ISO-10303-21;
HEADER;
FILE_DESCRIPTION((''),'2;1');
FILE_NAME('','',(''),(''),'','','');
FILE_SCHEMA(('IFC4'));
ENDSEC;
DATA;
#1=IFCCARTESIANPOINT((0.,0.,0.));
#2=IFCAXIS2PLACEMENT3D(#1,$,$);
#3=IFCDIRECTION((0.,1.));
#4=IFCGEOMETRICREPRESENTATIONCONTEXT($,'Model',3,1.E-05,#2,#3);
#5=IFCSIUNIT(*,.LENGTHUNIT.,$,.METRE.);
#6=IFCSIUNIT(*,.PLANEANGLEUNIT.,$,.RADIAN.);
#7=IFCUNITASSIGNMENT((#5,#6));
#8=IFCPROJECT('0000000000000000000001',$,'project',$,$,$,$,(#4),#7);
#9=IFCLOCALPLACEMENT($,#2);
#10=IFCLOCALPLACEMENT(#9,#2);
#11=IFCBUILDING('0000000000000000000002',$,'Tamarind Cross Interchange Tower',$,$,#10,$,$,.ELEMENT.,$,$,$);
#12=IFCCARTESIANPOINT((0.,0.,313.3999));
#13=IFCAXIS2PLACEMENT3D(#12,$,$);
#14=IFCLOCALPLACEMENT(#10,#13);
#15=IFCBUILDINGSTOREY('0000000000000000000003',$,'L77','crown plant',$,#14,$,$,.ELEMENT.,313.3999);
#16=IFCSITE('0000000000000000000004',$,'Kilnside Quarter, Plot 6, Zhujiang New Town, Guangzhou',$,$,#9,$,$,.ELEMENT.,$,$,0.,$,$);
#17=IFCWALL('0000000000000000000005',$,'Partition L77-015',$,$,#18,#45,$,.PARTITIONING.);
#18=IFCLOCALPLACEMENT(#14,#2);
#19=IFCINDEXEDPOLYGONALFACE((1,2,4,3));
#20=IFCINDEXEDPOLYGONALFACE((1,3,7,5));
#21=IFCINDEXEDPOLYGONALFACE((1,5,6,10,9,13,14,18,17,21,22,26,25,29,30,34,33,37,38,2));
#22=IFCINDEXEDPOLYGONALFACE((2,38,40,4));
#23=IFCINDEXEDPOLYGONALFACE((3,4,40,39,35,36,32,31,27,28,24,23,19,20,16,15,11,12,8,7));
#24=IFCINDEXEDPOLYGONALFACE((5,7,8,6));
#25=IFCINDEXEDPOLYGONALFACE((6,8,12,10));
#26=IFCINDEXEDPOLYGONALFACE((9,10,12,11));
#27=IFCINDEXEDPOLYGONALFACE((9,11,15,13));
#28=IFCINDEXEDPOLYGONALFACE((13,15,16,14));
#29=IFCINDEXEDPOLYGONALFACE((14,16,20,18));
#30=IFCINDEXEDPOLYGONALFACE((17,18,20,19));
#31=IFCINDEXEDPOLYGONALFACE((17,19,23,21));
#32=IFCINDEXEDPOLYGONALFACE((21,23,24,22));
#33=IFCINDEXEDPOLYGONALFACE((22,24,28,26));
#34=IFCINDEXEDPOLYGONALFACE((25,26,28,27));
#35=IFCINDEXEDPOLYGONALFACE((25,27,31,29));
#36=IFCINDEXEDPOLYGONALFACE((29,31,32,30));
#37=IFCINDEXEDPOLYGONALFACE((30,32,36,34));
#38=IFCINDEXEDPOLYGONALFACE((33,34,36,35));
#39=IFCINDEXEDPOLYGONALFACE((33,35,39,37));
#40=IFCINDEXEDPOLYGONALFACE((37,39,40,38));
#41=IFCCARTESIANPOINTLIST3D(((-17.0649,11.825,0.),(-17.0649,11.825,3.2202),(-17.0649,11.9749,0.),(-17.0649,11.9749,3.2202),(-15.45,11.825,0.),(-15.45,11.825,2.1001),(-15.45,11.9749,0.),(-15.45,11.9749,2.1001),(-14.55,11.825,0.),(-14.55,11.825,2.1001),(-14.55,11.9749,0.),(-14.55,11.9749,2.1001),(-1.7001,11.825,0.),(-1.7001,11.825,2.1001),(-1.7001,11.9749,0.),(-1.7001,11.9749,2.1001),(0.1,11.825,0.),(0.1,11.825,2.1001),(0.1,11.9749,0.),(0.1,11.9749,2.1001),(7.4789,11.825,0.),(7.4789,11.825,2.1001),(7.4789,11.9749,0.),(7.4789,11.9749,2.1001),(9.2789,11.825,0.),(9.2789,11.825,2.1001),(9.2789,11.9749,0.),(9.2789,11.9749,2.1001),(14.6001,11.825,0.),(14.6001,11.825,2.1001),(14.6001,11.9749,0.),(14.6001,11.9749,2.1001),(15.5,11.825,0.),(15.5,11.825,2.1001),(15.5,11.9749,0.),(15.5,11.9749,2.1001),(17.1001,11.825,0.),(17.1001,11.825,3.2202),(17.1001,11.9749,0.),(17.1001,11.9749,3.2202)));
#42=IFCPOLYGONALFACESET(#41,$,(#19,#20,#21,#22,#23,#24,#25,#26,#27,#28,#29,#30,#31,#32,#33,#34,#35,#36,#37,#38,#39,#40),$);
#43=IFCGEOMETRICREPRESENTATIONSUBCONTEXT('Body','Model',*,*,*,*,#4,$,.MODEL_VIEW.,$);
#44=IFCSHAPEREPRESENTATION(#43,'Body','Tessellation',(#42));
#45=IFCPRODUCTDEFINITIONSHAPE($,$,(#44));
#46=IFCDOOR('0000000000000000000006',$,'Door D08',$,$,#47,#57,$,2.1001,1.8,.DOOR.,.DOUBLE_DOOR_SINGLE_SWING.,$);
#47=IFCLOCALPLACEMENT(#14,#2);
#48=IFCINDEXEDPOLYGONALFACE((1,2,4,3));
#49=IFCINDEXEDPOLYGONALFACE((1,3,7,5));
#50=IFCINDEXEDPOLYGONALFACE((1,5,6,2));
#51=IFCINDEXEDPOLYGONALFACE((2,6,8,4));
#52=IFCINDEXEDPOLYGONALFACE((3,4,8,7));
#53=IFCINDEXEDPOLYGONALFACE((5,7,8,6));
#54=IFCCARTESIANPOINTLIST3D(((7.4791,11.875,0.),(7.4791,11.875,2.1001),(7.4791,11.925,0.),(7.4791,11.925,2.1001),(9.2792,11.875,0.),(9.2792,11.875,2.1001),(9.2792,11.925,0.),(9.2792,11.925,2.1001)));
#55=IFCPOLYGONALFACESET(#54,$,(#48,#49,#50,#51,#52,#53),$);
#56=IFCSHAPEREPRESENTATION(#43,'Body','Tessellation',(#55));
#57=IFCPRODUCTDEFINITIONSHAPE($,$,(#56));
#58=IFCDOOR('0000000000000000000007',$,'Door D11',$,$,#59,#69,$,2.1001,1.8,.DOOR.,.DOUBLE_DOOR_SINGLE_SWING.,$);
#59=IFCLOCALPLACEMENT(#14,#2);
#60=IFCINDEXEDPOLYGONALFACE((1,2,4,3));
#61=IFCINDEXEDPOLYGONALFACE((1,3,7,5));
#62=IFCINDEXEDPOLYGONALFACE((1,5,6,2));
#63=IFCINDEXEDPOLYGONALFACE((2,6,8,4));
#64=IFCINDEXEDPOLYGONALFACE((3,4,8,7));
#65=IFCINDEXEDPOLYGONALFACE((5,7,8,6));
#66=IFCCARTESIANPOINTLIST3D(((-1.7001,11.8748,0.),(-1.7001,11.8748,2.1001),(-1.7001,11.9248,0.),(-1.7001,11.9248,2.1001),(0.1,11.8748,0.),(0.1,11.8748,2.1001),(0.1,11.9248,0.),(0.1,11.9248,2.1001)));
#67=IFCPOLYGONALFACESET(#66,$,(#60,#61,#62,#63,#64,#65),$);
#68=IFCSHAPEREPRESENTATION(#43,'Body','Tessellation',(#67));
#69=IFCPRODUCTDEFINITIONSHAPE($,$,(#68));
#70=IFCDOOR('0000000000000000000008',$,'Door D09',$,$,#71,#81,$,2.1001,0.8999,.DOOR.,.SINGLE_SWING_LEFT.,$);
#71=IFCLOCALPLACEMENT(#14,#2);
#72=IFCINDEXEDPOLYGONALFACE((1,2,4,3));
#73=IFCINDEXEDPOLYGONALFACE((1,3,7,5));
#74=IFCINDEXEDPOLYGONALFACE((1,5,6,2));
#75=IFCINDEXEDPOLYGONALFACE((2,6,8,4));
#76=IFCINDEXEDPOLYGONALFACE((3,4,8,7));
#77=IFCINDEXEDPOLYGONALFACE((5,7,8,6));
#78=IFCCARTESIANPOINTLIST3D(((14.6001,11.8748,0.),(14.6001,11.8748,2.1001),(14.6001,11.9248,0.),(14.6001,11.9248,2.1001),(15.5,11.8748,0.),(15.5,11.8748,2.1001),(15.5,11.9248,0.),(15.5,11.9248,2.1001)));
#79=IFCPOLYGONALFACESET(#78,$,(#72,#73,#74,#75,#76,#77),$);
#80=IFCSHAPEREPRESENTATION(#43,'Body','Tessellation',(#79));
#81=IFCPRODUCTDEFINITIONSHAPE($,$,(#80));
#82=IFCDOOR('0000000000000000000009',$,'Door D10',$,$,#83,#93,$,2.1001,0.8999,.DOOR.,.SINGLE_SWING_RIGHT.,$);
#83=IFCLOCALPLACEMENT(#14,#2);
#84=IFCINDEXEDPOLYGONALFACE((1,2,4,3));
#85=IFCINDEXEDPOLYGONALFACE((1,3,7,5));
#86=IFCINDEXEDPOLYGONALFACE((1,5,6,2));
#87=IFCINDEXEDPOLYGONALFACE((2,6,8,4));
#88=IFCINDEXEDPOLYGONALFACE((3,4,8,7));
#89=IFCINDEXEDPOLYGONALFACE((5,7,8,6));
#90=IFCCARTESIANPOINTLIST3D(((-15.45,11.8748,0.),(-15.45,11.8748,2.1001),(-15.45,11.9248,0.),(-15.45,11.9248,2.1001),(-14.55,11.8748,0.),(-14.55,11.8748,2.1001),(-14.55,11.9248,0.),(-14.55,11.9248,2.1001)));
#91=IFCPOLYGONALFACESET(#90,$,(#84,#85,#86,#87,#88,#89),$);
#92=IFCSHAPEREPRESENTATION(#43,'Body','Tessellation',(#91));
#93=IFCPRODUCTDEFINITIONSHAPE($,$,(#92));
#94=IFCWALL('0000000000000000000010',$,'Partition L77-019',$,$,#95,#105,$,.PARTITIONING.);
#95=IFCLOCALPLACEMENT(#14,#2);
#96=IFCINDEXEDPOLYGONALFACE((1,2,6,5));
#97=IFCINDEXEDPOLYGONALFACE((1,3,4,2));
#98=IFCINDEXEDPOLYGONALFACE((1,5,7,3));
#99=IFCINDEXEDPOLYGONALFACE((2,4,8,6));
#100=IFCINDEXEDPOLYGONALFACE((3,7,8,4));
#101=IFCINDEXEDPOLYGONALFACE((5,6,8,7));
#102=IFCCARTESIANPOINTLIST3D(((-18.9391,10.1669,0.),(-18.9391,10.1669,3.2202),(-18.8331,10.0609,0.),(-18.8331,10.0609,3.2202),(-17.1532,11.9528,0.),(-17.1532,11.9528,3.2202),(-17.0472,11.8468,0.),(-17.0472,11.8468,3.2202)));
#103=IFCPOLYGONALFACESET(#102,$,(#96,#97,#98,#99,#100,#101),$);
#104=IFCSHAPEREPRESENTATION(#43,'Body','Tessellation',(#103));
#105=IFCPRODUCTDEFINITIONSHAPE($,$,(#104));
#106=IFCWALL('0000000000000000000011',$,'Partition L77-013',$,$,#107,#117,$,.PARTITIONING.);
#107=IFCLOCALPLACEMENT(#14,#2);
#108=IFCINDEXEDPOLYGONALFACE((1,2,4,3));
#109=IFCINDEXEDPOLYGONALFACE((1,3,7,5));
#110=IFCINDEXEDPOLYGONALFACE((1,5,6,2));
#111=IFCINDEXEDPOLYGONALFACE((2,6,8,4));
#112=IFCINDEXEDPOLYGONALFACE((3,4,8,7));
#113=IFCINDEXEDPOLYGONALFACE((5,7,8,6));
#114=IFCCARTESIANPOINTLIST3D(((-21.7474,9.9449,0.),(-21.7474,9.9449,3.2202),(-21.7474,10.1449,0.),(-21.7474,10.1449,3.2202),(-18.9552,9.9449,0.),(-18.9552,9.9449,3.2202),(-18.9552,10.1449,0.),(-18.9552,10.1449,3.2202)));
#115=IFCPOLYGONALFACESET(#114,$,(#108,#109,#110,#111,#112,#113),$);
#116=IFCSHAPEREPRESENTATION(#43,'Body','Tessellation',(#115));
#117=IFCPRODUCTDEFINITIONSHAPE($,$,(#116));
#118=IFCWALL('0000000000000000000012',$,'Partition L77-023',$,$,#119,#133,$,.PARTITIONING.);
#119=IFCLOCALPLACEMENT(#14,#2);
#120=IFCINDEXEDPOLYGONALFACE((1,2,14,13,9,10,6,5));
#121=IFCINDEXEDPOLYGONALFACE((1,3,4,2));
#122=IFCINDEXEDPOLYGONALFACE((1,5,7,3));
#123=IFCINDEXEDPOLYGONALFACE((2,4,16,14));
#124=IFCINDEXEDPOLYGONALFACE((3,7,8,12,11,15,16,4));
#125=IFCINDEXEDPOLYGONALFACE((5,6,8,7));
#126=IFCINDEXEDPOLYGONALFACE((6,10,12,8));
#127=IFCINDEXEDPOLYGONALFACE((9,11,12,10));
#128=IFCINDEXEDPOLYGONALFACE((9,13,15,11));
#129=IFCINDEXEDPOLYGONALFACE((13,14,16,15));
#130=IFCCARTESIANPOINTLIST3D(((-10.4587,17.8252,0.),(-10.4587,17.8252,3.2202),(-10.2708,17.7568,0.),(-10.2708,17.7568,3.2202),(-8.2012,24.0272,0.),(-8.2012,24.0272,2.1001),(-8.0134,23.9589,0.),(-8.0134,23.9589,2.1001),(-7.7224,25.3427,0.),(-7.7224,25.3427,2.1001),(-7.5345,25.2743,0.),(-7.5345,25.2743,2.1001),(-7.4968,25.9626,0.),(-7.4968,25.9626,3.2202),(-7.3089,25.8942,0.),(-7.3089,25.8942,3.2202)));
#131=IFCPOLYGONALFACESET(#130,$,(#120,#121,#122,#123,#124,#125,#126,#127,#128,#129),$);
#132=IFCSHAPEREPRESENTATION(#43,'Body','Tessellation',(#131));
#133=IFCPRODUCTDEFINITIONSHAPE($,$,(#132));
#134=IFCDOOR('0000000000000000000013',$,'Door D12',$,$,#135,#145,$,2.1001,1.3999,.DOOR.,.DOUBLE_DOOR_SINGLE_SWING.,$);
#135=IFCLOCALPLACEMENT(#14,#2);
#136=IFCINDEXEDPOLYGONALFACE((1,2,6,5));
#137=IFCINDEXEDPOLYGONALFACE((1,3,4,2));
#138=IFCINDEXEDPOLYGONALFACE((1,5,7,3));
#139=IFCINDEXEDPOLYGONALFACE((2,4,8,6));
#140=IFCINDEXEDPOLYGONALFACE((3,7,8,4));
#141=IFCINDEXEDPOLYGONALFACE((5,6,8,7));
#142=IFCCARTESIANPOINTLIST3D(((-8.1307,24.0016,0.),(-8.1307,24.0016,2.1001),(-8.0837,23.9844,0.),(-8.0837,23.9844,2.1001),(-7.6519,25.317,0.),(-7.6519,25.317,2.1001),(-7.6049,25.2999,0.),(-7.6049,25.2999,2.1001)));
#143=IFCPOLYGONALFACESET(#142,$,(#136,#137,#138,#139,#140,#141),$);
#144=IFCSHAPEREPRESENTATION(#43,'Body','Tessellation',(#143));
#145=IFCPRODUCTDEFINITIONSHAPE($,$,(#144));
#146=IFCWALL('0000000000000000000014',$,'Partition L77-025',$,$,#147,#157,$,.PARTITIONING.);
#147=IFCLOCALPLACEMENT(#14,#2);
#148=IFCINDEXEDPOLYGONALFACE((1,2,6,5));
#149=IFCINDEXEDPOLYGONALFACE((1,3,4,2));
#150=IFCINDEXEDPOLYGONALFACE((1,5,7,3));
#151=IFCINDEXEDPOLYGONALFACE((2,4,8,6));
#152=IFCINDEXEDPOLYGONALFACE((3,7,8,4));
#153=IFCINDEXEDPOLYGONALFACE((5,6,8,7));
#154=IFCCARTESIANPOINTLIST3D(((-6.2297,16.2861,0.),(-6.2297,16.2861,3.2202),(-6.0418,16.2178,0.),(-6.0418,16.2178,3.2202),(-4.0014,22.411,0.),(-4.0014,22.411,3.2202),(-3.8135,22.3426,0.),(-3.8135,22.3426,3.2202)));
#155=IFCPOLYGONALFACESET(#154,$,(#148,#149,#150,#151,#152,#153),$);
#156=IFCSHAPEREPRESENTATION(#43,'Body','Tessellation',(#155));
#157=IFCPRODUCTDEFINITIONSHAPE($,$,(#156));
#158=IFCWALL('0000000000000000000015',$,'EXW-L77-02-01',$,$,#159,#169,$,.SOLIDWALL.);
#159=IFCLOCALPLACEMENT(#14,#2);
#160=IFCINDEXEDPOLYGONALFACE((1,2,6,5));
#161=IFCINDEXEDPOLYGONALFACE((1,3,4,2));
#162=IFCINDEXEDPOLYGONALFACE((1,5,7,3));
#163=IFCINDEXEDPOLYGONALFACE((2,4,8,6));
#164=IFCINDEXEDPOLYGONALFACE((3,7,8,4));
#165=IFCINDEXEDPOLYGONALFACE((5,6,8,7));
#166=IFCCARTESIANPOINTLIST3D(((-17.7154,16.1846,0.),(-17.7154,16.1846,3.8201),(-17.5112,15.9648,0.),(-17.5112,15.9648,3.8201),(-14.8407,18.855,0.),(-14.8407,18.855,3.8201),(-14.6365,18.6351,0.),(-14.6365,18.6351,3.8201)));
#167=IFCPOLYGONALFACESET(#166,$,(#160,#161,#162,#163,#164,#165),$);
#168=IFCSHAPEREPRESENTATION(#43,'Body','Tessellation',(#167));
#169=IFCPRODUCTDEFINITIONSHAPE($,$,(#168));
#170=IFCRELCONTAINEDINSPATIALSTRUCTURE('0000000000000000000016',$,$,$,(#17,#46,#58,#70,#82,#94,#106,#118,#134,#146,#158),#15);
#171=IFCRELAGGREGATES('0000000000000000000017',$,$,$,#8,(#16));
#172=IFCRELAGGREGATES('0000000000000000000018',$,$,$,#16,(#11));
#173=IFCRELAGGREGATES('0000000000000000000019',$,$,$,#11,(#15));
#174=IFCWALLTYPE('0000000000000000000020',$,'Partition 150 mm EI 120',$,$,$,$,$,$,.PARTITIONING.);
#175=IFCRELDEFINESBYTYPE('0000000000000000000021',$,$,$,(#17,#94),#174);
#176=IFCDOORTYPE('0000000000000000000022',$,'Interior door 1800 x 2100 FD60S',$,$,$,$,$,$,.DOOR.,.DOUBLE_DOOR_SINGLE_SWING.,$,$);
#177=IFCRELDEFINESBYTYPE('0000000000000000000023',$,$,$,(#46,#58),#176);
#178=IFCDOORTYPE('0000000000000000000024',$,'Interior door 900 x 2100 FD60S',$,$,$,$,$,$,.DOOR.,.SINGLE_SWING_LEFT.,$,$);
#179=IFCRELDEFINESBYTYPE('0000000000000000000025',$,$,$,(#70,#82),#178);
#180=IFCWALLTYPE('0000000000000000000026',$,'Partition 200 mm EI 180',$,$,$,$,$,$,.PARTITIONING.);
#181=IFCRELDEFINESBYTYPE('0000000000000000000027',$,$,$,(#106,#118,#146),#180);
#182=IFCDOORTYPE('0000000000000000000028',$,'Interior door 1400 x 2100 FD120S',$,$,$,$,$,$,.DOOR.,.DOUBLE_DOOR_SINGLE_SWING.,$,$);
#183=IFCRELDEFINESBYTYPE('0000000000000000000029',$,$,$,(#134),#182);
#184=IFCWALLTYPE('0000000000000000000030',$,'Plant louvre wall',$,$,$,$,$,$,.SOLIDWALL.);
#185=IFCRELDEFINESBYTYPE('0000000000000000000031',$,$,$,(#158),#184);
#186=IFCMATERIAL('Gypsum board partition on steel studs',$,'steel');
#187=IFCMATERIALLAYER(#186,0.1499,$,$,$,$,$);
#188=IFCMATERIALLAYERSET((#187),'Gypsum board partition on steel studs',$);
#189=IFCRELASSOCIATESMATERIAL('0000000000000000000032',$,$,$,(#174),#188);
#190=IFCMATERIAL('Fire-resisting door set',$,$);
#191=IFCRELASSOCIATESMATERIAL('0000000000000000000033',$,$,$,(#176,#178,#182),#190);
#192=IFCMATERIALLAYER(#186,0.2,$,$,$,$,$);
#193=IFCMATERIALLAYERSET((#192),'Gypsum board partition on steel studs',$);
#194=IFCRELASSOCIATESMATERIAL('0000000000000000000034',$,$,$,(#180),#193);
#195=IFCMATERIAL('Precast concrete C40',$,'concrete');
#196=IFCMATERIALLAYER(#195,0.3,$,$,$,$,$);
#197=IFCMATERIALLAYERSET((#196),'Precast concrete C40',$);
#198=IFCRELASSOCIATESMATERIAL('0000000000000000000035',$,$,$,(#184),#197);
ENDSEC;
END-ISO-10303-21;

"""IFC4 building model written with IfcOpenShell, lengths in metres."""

from ifc_helpers import new_model, si_unit, direction, frame, frame_2d, origin, place, context, subcontext, project, spatial, rectangle, extrude, material, layer, layer_set, type_object, element, fill, save


model = new_model("IFC4")

# Units and contexts
model_context = context("Model", 3, precision=1e-05, world=origin(), true_north=direction((0.0, 1.0)))
body_context = subcontext(model_context, "Body", "Model", "MODEL_VIEW")
ifc_project = project(units=[si_unit("LENGTHUNIT", "METRE"), si_unit("PLANEANGLEUNIT", "RADIAN")], contexts=[model_context])

# Site, building, storey
site_placement = place(None, origin())
site = spatial("IfcSite", under=ifc_project, at=site_placement, Name="Kilnside Quarter, Plot 6, Zhujiang New Town, Guangzhou", CompositionType="ELEMENT", RefElevation=0.0)
building_placement = place(site_placement, origin())
building = spatial("IfcBuilding", under=site, at=building_placement, Name="Tamarind Cross Interchange Tower", CompositionType="ELEMENT")
storey_placement = place(building_placement, frame((0.0, 0.0, 313.3999)))
storey = spatial("IfcBuildingStorey", under=building, at=storey_placement, Name="L77", Description="crown plant", CompositionType="ELEMENT", Elevation=313.3999)

# Shared definitions
ifc_material_1 = material(Name="Gypsum board partition on steel studs", Category="steel")
ifc_layer_1 = layer(ifc_material_1, 0.1499)
ifc_layer_set_1 = layer_set([ifc_layer_1], Name="Gypsum board partition on steel studs")
wall_type_1 = type_object("IfcWallType", Name="Partition 150 mm EI 120", PredefinedType="PARTITIONING", material=ifc_layer_set_1)

# Wall, openings, doors
wall_1_placement = place(storey_placement, frame((-17.0649, 11.8999, 0.0), z_axis=(0.0, 0.0, 1.0), x_axis=(1.0, 0.0, 0.0)))
wall_1 = element("IfcWall", 1, at=wall_1_placement, inside=storey, type_object=wall_type_1, Name="Partition L77-015", PredefinedType="PARTITIONING", context=body_context, shape_type="SweptSolid", body=[
    extrude(rectangle(XDim=34.165, YDim=0.1499, at=frame_2d((17.0825, 0.0))), origin(), (0.0, 0.0, 1.0), 3.2202),
])
opening_1_placement = place(wall_1_placement, frame((24.5439, 0.0, 0.0)))
opening_1 = element("IfcOpeningElement", 2, at=opening_1_placement, cuts=wall_1, PredefinedType="OPENING", context=body_context, shape_type="SweptSolid", body=[
    extrude(rectangle(XDim=1.8, YDim=2.1001, at=frame_2d((0.8999, 1.05))), frame((0.0, 0.085, 0.0), z_axis=(0.0, -1.0, 0.0), x_axis=(1.0, 0.0, 0.0)), (0.0, 0.0, 1.0), 0.1699),
])
opening_2_placement = place(wall_1_placement, frame((31.665, 0.0, 0.0)))
opening_2 = element("IfcOpeningElement", 3, at=opening_2_placement, cuts=wall_1, PredefinedType="OPENING", context=body_context, shape_type="SweptSolid", body=[
    extrude(rectangle(XDim=0.8999, YDim=2.1001, at=frame_2d((0.45, 1.05))), frame((0.0, 0.085, 0.0), z_axis=(0.0, -1.0, 0.0), x_axis=(1.0, 0.0, 0.0)), (0.0, 0.0, 1.0), 0.1699),
])
opening_3_placement = place(wall_1_placement, frame((1.615, 0.0, 0.0)))
opening_3 = element("IfcOpeningElement", 4, at=opening_3_placement, cuts=wall_1, PredefinedType="OPENING", context=body_context, shape_type="SweptSolid", body=[
    extrude(rectangle(XDim=0.8999, YDim=2.1001, at=frame_2d((0.45, 1.05))), frame((0.0, 0.085, 0.0), z_axis=(0.0, -1.0, 0.0), x_axis=(1.0, 0.0, 0.0)), (0.0, 0.0, 1.0), 0.1699),
])
opening_4_placement = place(wall_1_placement, frame((15.365, 0.0, 0.0)))
opening_4 = element("IfcOpeningElement", 5, at=opening_4_placement, cuts=wall_1, PredefinedType="OPENING", context=body_context, shape_type="SweptSolid", body=[
    extrude(rectangle(XDim=1.8, YDim=2.1001, at=frame_2d((0.8999, 1.05))), frame((0.0, 0.085, 0.0), z_axis=(0.0, -1.0, 0.0), x_axis=(1.0, 0.0, 0.0)), (0.0, 0.0, 1.0), 0.1699),
])
ifc_material_2 = material(Name="Fire-resisting door set")
door_type_1 = type_object("IfcDoorType", Name="Interior door 1800 x 2100 FD60S", OperationType="DOUBLE_DOOR_SINGLE_SWING", PredefinedType="DOOR", material=ifc_material_2)
door_1_placement = place(opening_1_placement, frame((1.8, 0.0, 0.0), z_axis=(0.0, 0.0, 1.0), x_axis=(-1.0, 0.0, 0.0)))
door_1 = element("IfcDoor", 6, at=door_1_placement, inside=storey, type_object=door_type_1, Name="Door D08", OperationType="DOUBLE_DOOR_SINGLE_SWING", OverallHeight=2.1001, OverallWidth=1.8, PredefinedType="DOOR", context=body_context, shape_type="SweptSolid", body=[
    extrude(rectangle(XDim=1.8, YDim=2.1001, at=frame_2d((0.8999, 1.05))), frame((0.0, 0.0249, 0.0), z_axis=(0.0, -1.0, 0.0), x_axis=(1.0, 0.0, 0.0)), (0.0, 0.0, 1.0), 0.05),
])
fill(opening_1, door_1)
door_2_placement = place(opening_4_placement, origin())
door_2 = element("IfcDoor", 7, at=door_2_placement, inside=storey, type_object=door_type_1, Name="Door D11", OperationType="DOUBLE_DOOR_SINGLE_SWING", OverallHeight=2.1001, OverallWidth=1.8, PredefinedType="DOOR", context=body_context, shape_type="SweptSolid", body=[
    extrude(rectangle(XDim=1.8, YDim=2.1001, at=frame_2d((0.8999, 1.05))), frame((0.0, 0.0249, 0.0), z_axis=(0.0, -1.0, 0.0), x_axis=(1.0, 0.0, 0.0)), (0.0, 0.0, 1.0), 0.05),
])
fill(opening_4, door_2)
door_type_2 = type_object("IfcDoorType", Name="Interior door 900 x 2100 FD60S", OperationType="SINGLE_SWING_LEFT", PredefinedType="DOOR", material=ifc_material_2)
door_3_placement = place(opening_2_placement, origin())
door_3 = element("IfcDoor", 8, at=door_3_placement, inside=storey, type_object=door_type_2, Name="Door D09", OperationType="SINGLE_SWING_LEFT", OverallHeight=2.1001, OverallWidth=0.8999, PredefinedType="DOOR", context=body_context, shape_type="SweptSolid", body=[
    extrude(rectangle(XDim=0.8999, YDim=2.1001, at=frame_2d((0.45, 1.05))), frame((0.0, 0.0249, 0.0), z_axis=(0.0, -1.0, 0.0), x_axis=(1.0, 0.0, 0.0)), (0.0, 0.0, 1.0), 0.05),
])
fill(opening_2, door_3)
door_4_placement = place(opening_3_placement, origin())
door_4 = element("IfcDoor", 9, at=door_4_placement, inside=storey, type_object=door_type_2, Name="Door D10", OperationType="SINGLE_SWING_RIGHT", OverallHeight=2.1001, OverallWidth=0.8999, PredefinedType="DOOR", context=body_context, shape_type="SweptSolid", body=[
    extrude(rectangle(XDim=0.8999, YDim=2.1001, at=frame_2d((0.45, 1.05))), frame((0.0, 0.0249, 0.0), z_axis=(0.0, -1.0, 0.0), x_axis=(1.0, 0.0, 0.0)), (0.0, 0.0, 1.0), 0.05),
])
fill(opening_3, door_4)

# Walls
wall_2_placement = place(storey_placement, frame((-18.886, 10.114, 0.0), z_axis=(0.0, 0.0, 1.0), x_axis=(0.707107, 0.707107, 0.0)))
element("IfcWall", 10, at=wall_2_placement, inside=storey, type_object=wall_type_1, Name="Partition L77-019", PredefinedType="PARTITIONING", context=body_context, shape_type="SweptSolid", body=[
    extrude(rectangle(XDim=2.5256, YDim=0.1499, at=frame_2d((1.2627, 0.0))), origin(), (0.0, 0.0, 1.0), 3.2202),
])
ifc_layer_2 = layer(ifc_material_1, 0.2)
ifc_layer_set_2 = layer_set([ifc_layer_2], Name="Gypsum board partition on steel studs")
wall_type_2 = type_object("IfcWallType", Name="Partition 200 mm EI 180", PredefinedType="PARTITIONING", material=ifc_layer_set_2)
wall_3_placement = place(storey_placement, frame((-21.7473, 10.0449, 0.0), z_axis=(0.0, 0.0, 1.0), x_axis=(1.0, 0.0, 0.0)))
element("IfcWall", 11, at=wall_3_placement, inside=storey, type_object=wall_type_2, Name="Partition L77-013", PredefinedType="PARTITIONING", context=body_context, shape_type="SweptSolid", body=[
    extrude(rectangle(XDim=2.7922, YDim=0.2, at=frame_2d((1.396, 0.0))), origin(), (0.0, 0.0, 1.0), 3.2202),
])

# Wall, opening, door
wall_4_placement = place(storey_placement, frame((-10.3647, 17.791, 0.0), z_axis=(0.0, 0.0, 1.0), x_axis=(0.342033, 0.939688, 0.0)))
wall_4 = element("IfcWall", 12, at=wall_4_placement, inside=storey, type_object=wall_type_2, Name="Partition L77-023", PredefinedType="PARTITIONING", context=body_context, shape_type="SweptSolid", body=[
    extrude(rectangle(XDim=8.6597, YDim=0.2, at=frame_2d((4.3298, 0.0))), origin(), (0.0, 0.0, 1.0), 3.2202),
])
opening_5_placement = place(wall_4_placement, frame((6.6001, 0.0, 0.0)))
opening_5 = element("IfcOpeningElement", 13, at=opening_5_placement, cuts=wall_4, PredefinedType="OPENING", context=body_context, shape_type="SweptSolid", body=[
    extrude(rectangle(XDim=1.3999, YDim=2.1001, at=frame_2d((0.7, 1.05))), frame((0.0, 0.1099, 0.0), z_axis=(0.0, -1.0, 0.0), x_axis=(1.0, 0.0, 0.0)), (0.0, 0.0, 1.0), 0.22),
])
door_type_3 = type_object("IfcDoorType", Name="Interior door 1400 x 2100 FD120S", OperationType="DOUBLE_DOOR_SINGLE_SWING", PredefinedType="DOOR", material=ifc_material_2)
door_5_placement = place(opening_5_placement, origin())
door_5 = element("IfcDoor", 14, at=door_5_placement, inside=storey, type_object=door_type_3, Name="Door D12", OperationType="DOUBLE_DOOR_SINGLE_SWING", OverallHeight=2.1001, OverallWidth=1.3999, PredefinedType="DOOR", context=body_context, shape_type="SweptSolid", body=[
    extrude(rectangle(XDim=1.3999, YDim=2.1001, at=frame_2d((0.7, 1.05))), frame((0.0, 0.0249, 0.0), z_axis=(0.0, -1.0, 0.0), x_axis=(1.0, 0.0, 0.0)), (0.0, 0.0, 1.0), 0.05),
])
fill(opening_5, door_5)

# Walls
wall_5_placement = place(storey_placement, frame((-6.1357, 16.252, 0.0), z_axis=(0.0, 0.0, 1.0), x_axis=(0.34189, 0.93974, 0.0)))
element("IfcWall", 15, at=wall_5_placement, inside=storey, type_object=wall_type_2, Name="Partition L77-025", PredefinedType="PARTITIONING", context=body_context, shape_type="SweptSolid", body=[
    extrude(rectangle(XDim=6.5176, YDim=0.2, at=frame_2d((3.2588, 0.0))), origin(), (0.0, 0.0, 1.0), 3.2202),
])
ifc_material_3 = material(Name="Precast concrete C40", Category="concrete")
ifc_layer_3 = layer(ifc_material_3, 0.3)
ifc_layer_set_3 = layer_set([ifc_layer_3], Name="Precast concrete C40")
wall_type_3 = type_object("IfcWallType", Name="Plant louvre wall", PredefinedType="SOLIDWALL", material=ifc_layer_set_3)
wall_6_placement = place(storey_placement, frame((-14.7385, 18.7451, 0.0), z_axis=(0.0, 0.0, 1.0), x_axis=(-0.732667, -0.680587, 0.0)))
element("IfcWall", 16, at=wall_6_placement, inside=storey, type_object=wall_type_3, Name="EXW-L77-02-01", PredefinedType="SOLIDWALL", context=body_context, shape_type="SweptSolid", body=[
    extrude(rectangle(XDim=3.9236, YDim=0.3, at=frame_2d((1.9619, 0.0))), origin(), (0.0, 0.0, 1.0), 3.8201),
])

save(model, "model.ifc")
